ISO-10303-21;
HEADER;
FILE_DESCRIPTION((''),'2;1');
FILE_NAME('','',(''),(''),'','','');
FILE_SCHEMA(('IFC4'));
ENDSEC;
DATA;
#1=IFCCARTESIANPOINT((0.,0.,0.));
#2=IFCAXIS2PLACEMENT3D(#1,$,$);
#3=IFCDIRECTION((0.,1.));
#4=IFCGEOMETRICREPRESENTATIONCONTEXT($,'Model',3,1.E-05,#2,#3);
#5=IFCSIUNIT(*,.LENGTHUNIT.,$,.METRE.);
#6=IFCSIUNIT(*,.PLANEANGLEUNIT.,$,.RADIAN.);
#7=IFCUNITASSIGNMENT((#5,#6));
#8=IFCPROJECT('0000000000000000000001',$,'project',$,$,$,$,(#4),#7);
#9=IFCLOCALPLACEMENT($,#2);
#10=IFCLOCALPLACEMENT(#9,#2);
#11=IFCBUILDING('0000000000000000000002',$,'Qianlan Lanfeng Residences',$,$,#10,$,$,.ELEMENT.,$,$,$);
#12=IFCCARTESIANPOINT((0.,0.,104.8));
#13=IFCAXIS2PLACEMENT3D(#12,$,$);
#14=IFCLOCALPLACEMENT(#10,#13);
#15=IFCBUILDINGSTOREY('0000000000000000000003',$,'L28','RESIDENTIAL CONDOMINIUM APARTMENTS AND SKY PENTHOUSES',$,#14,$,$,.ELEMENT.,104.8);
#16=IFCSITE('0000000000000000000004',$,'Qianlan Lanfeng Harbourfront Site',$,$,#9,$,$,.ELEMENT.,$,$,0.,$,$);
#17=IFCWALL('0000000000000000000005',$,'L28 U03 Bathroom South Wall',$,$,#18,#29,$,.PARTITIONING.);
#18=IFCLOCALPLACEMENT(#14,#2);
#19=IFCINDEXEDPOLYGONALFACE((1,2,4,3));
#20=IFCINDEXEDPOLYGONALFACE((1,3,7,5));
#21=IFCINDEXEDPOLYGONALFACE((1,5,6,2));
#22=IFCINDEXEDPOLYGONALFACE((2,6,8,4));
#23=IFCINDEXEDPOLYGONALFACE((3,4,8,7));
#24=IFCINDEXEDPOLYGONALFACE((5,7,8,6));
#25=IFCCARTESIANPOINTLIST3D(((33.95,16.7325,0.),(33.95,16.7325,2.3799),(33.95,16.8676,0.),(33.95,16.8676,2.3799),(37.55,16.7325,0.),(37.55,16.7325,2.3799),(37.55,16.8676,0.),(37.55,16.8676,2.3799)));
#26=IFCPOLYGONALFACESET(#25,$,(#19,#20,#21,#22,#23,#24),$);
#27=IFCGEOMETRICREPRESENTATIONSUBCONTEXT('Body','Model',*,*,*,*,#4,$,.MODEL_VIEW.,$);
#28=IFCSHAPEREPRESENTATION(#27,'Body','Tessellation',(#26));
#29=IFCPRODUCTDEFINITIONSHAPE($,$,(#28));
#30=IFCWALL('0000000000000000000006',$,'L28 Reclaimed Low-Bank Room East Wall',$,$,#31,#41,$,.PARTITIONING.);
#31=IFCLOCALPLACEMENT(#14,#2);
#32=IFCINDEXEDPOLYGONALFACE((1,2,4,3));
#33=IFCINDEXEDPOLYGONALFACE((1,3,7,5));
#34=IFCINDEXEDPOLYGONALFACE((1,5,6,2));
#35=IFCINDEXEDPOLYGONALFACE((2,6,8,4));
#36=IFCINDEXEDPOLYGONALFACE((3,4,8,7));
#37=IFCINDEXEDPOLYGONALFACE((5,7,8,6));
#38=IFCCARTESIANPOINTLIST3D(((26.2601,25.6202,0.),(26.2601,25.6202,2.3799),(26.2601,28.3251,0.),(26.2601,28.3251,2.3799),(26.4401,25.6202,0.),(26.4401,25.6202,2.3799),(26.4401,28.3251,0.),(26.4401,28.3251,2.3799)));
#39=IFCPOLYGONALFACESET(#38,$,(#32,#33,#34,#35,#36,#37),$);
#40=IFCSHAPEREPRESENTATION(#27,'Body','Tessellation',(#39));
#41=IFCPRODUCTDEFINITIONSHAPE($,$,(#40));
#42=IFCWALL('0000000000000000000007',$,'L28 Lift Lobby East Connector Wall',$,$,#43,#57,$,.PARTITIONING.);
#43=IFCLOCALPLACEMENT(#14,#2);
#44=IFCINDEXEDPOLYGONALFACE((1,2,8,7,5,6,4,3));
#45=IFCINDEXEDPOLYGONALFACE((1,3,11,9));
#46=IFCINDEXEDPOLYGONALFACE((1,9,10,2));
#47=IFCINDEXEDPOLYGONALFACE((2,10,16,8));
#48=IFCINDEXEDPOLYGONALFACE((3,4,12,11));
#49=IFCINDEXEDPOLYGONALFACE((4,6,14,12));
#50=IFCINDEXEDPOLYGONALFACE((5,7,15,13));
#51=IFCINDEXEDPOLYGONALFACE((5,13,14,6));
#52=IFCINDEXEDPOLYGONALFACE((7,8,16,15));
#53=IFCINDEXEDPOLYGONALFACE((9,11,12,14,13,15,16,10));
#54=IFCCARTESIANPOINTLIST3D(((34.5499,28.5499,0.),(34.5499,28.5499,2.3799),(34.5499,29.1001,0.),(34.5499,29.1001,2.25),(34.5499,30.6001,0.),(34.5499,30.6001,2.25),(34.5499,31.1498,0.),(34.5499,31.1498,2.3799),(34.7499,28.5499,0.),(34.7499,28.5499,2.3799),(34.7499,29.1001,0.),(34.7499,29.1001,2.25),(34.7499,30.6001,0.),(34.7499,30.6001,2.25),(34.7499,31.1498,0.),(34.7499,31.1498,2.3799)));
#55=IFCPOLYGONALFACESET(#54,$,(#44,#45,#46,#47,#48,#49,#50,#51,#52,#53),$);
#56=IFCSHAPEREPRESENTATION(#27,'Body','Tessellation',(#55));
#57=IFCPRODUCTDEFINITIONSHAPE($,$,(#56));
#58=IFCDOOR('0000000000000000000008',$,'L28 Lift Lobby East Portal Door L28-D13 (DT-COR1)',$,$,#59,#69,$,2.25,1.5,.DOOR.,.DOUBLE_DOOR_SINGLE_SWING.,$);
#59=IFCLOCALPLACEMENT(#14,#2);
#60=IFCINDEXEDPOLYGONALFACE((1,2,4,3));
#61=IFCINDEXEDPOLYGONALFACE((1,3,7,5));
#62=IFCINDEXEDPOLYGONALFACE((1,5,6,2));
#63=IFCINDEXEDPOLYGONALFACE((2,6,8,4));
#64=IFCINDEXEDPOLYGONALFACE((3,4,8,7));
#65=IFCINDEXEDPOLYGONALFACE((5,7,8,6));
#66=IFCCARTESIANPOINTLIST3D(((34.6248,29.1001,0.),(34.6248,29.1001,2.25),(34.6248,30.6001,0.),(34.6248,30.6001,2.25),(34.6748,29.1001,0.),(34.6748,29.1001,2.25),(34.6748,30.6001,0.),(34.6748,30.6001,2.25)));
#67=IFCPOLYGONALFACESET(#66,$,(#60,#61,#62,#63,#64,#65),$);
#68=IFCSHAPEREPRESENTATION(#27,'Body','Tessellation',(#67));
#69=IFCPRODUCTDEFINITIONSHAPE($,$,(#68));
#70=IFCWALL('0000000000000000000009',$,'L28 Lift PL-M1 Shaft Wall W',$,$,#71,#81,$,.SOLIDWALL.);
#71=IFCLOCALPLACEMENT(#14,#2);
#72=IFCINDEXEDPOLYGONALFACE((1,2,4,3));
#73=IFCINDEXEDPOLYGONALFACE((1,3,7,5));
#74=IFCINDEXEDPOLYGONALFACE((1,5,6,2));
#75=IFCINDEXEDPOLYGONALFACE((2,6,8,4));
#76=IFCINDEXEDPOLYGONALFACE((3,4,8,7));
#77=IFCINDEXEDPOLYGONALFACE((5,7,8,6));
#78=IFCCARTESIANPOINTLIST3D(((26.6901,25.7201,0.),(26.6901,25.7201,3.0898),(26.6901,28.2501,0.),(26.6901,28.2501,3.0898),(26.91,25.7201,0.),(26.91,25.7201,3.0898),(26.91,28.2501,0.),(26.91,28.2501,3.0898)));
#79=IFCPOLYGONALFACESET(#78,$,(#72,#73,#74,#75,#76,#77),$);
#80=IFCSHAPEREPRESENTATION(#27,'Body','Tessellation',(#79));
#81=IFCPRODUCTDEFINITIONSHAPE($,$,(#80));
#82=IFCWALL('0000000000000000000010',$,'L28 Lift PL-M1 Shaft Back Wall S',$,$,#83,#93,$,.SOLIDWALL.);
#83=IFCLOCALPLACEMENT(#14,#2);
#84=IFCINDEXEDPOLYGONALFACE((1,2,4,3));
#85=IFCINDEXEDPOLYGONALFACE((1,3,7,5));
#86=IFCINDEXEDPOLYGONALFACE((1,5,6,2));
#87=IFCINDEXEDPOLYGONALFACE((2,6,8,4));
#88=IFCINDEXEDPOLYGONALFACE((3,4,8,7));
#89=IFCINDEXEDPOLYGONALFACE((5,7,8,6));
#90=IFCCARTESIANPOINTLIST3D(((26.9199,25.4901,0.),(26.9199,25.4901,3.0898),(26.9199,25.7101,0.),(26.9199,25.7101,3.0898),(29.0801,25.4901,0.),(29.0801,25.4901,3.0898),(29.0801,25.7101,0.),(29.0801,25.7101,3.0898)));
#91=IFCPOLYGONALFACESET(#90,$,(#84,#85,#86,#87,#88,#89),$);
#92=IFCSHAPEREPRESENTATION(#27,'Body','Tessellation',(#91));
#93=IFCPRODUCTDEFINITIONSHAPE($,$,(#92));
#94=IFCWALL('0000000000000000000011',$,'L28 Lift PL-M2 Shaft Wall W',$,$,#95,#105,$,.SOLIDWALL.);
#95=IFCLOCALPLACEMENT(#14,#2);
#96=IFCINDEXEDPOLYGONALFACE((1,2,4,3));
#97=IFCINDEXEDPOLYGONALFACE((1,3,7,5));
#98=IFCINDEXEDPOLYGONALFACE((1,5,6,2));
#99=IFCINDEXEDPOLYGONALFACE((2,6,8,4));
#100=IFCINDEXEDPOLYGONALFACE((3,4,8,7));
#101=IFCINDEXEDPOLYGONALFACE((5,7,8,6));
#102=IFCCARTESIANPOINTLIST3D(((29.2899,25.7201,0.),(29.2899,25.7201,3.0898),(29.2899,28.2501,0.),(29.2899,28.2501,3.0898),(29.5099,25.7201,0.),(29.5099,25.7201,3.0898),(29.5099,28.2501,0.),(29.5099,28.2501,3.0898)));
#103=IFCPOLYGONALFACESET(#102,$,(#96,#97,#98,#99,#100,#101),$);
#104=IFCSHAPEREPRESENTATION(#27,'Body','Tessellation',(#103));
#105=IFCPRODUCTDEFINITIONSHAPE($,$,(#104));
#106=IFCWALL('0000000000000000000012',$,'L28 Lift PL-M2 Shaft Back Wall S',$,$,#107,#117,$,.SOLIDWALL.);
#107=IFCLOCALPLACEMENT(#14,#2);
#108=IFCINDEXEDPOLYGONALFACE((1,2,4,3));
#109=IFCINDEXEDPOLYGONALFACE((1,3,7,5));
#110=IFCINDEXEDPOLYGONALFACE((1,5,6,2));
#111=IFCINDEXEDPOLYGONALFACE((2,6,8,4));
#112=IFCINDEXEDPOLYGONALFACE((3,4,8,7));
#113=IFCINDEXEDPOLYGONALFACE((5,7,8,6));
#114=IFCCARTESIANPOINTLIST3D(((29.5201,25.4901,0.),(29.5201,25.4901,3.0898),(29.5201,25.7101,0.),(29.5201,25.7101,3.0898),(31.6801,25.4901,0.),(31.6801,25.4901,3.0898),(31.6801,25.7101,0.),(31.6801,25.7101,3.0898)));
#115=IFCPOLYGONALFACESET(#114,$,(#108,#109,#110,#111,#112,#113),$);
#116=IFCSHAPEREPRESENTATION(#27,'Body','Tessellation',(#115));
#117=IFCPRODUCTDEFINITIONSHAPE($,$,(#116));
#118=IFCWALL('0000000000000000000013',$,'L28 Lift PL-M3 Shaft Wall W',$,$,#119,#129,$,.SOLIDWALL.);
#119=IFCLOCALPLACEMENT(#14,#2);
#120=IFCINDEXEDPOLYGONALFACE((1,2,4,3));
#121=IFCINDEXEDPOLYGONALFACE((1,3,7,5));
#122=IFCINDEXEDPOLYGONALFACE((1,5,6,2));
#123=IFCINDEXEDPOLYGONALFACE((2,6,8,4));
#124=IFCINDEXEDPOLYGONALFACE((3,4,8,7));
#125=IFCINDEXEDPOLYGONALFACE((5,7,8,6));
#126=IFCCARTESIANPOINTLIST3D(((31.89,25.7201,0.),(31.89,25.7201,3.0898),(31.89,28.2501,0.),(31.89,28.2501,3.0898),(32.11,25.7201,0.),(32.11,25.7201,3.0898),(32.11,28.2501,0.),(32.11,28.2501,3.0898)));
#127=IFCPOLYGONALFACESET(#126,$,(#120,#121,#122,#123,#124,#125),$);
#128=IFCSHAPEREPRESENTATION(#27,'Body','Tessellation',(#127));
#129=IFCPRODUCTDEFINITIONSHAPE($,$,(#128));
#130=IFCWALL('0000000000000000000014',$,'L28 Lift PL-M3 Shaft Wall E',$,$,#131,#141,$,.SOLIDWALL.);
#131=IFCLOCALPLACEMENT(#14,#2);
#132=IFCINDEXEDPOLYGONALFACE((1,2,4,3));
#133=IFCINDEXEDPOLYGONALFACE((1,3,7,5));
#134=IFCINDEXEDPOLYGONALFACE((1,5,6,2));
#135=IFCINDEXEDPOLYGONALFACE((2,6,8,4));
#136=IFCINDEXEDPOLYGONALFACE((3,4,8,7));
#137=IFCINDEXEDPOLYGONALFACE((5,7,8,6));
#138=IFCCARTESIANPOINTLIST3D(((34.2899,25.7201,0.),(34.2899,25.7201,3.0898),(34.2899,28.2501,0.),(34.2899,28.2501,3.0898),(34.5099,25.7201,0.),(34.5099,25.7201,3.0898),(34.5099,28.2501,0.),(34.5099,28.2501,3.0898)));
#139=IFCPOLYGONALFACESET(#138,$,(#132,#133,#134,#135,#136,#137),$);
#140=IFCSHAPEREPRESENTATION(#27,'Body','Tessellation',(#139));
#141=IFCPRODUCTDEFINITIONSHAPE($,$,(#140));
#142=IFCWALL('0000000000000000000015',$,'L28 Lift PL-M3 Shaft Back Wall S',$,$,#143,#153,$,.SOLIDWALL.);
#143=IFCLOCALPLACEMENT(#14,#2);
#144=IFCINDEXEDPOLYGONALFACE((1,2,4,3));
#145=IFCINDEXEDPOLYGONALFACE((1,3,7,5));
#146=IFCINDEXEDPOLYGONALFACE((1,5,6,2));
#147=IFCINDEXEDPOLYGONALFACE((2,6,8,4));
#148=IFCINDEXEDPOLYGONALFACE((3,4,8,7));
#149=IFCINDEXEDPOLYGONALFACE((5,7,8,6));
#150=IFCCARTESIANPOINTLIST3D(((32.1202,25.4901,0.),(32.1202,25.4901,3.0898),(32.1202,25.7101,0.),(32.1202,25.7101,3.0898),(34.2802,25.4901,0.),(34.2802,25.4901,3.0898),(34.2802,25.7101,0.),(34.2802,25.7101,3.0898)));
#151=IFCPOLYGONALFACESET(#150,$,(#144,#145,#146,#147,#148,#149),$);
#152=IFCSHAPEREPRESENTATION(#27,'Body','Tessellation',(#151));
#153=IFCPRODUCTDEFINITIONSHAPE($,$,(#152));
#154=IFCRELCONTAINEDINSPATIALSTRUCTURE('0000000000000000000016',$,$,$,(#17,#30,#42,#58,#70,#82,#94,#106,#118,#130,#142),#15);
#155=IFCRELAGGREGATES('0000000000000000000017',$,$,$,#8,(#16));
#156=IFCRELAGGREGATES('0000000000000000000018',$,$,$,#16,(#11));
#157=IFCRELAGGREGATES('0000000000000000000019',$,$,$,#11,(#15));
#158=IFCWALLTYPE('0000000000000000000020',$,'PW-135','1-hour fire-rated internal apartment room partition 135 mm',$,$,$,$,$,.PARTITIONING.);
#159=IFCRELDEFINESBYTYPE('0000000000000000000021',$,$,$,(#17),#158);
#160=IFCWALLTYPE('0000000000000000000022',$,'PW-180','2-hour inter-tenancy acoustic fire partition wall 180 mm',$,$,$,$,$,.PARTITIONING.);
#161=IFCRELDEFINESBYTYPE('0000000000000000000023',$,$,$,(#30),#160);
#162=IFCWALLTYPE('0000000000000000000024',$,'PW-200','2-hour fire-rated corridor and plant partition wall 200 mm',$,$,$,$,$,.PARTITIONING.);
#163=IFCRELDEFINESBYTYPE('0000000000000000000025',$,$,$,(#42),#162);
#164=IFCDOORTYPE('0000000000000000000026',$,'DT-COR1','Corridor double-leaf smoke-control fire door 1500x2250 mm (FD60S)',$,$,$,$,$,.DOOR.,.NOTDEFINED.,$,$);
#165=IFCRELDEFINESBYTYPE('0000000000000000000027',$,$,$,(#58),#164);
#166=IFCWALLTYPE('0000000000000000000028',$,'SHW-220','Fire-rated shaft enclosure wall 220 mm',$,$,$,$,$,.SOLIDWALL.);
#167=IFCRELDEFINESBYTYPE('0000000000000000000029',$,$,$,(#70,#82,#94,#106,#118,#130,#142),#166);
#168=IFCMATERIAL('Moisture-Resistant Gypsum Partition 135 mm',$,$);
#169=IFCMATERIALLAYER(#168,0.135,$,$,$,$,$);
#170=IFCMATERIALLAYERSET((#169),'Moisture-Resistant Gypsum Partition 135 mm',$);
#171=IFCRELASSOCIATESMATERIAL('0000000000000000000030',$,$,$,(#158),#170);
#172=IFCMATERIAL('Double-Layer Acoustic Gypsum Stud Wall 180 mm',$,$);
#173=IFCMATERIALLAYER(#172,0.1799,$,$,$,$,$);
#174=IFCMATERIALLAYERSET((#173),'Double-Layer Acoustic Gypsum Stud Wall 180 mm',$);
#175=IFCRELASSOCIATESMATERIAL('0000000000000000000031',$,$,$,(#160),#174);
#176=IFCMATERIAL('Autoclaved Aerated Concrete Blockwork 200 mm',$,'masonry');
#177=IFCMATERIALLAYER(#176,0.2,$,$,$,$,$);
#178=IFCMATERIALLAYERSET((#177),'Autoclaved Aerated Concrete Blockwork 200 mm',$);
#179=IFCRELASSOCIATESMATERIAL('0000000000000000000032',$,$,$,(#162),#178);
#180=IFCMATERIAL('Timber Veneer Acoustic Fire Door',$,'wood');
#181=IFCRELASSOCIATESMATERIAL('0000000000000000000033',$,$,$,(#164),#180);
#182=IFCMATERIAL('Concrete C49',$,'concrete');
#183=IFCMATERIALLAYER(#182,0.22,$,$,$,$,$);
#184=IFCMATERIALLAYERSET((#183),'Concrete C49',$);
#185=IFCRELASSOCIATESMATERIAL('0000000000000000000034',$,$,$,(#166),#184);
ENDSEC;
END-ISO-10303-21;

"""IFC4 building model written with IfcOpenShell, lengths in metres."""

from ifc_helpers import new_model, si_unit, direction, frame, frame_2d, origin, place, context, subcontext, project, spatial, rectangle, extrude, material, layer, layer_set, type_object, element, fill, save


model = new_model("IFC4")

# Units and contexts
model_context = context("Model", 3, precision=1e-05, world=origin(), true_north=direction((0.0, 1.0)))
body_context = subcontext(model_context, "Body", "Model", "MODEL_VIEW")
ifc_project = project(units=[si_unit("LENGTHUNIT", "METRE"), si_unit("PLANEANGLEUNIT", "RADIAN")], contexts=[model_context])

# Site, building, storey
site_placement = place(None, origin())
site = spatial("IfcSite", under=ifc_project, at=site_placement, Name="Qianlan Lanfeng Harbourfront Site", CompositionType="ELEMENT", RefElevation=0.0)
building_placement = place(site_placement, origin())
building = spatial("IfcBuilding", under=site, at=building_placement, Name="Qianlan Lanfeng Residences", CompositionType="ELEMENT")
storey_placement = place(building_placement, frame((0.0, 0.0, 104.8)))
storey = spatial("IfcBuildingStorey", under=building, at=storey_placement, Name="L28", Description="RESIDENTIAL CONDOMINIUM APARTMENTS AND SKY PENTHOUSES", CompositionType="ELEMENT", Elevation=104.8)

# Wall
ifc_material_1 = material(Name="Moisture-Resistant Gypsum Partition 135 mm")
ifc_layer_1 = layer(ifc_material_1, 0.135)
ifc_layer_set_1 = layer_set([ifc_layer_1], Name="Moisture-Resistant Gypsum Partition 135 mm")
wall_type_1 = type_object("IfcWallType", Name="PW-135", Description="1-hour fire-rated internal apartment room partition 135 mm", PredefinedType="PARTITIONING", material=ifc_layer_set_1)
wall_1_placement = place(storey_placement, frame((33.95, 16.8, 0.0), z_axis=(0.0, 0.0, 1.0), x_axis=(1.0, 0.0, 0.0)))
element("IfcWall", 1, at=wall_1_placement, inside=storey, type_object=wall_type_1, Name="L28 U03 Bathroom South Wall", PredefinedType="PARTITIONING", context=body_context, shape_type="SweptSolid", body=[
    extrude(rectangle(XDim=3.6001, YDim=0.135, at=frame_2d((1.8, 0.0))), origin(), (0.0, 0.0, 1.0), 2.3799),
])

# Shared definitions
ifc_material_2 = material(Name="Double-Layer Acoustic Gypsum Stud Wall 180 mm")
ifc_layer_2 = layer(ifc_material_2, 0.1799)
ifc_layer_set_2 = layer_set([ifc_layer_2], Name="Double-Layer Acoustic Gypsum Stud Wall 180 mm")
wall_type_2 = type_object("IfcWallType", Name="PW-180", Description="2-hour inter-tenancy acoustic fire partition wall 180 mm", PredefinedType="PARTITIONING", material=ifc_layer_set_2)

# Wall
wall_2_placement = place(storey_placement, frame((26.3501, 25.6201, 0.0), z_axis=(0.0, 0.0, 1.0), x_axis=(0.0, 1.0, 0.0)))
element("IfcWall", 2, at=wall_2_placement, inside=storey, type_object=wall_type_2, Name="L28 Reclaimed Low-Bank Room East Wall", PredefinedType="PARTITIONING", context=body_context, shape_type="SweptSolid", body=[
    extrude(rectangle(XDim=2.7048, YDim=0.1799, at=frame_2d((1.3525, 0.0))), origin(), (0.0, 0.0, 1.0), 2.3799),
])

# Wall, opening, door
ifc_material_3 = material(Name="Autoclaved Aerated Concrete Blockwork 200 mm", Category="masonry")
ifc_layer_3 = layer(ifc_material_3, 0.2)
ifc_layer_set_3 = layer_set([ifc_layer_3], Name="Autoclaved Aerated Concrete Blockwork 200 mm")
wall_type_3 = type_object("IfcWallType", Name="PW-200", Description="2-hour fire-rated corridor and plant partition wall 200 mm", PredefinedType="PARTITIONING", material=ifc_layer_set_3)
wall_3_placement = place(storey_placement, frame((34.6499, 28.55, 0.0), z_axis=(0.0, 0.0, 1.0), x_axis=(0.0, 1.0, 0.0)))
wall_3 = element("IfcWall", 3, at=wall_3_placement, inside=storey, type_object=wall_type_3, Name="L28 Lift Lobby East Connector Wall", PredefinedType="PARTITIONING", context=body_context, shape_type="SweptSolid", body=[
    extrude(rectangle(XDim=2.5999, YDim=0.2, at=frame_2d((1.2998, 0.0))), origin(), (0.0, 0.0, 1.0), 2.3799),
])
opening_1_placement = place(wall_3_placement, frame((0.55, 0.0, 0.0)))
opening_1 = element("IfcOpeningElement", 4, at=opening_1_placement, cuts=wall_3, PredefinedType="OPENING", context=body_context, shape_type="SweptSolid", body=[
    extrude(rectangle(XDim=1.5, YDim=2.25, at=frame_2d((0.75, 1.125))), frame((0.0, 0.1099, 0.0), z_axis=(0.0, -1.0, 0.0), x_axis=(1.0, 0.0, 0.0)), (0.0, 0.0, 1.0), 0.22),
])
ifc_material_4 = material(Name="Timber Veneer Acoustic Fire Door", Category="wood")
door_type_1 = type_object("IfcDoorType", Name="DT-COR1", Description="Corridor double-leaf smoke-control fire door 1500x2250 mm (FD60S)", OperationType="NOTDEFINED", PredefinedType="DOOR", material=ifc_material_4)
door_1_placement = place(opening_1_placement, frame((1.5, 0.0, 0.0), z_axis=(0.0, 0.0, 1.0), x_axis=(-1.0, 0.0, 0.0)))
door_1 = element("IfcDoor", 5, at=door_1_placement, inside=storey, type_object=door_type_1, Name="L28 Lift Lobby East Portal Door L28-D13 (DT-COR1)", OperationType="DOUBLE_DOOR_SINGLE_SWING", OverallHeight=2.25, OverallWidth=1.5, PredefinedType="DOOR", context=body_context, shape_type="SweptSolid", body=[
    extrude(rectangle(XDim=1.5, YDim=2.25, at=frame_2d((0.75, 1.125))), frame((0.0, 0.0249, 0.0), z_axis=(0.0, -1.0, 0.0), x_axis=(1.0, 0.0, 0.0)), (0.0, 0.0, 1.0), 0.05),
])
fill(opening_1, door_1)

# Walls
ifc_material_5 = material(Name="Concrete C49", Category="concrete")
ifc_layer_4 = layer(ifc_material_5, 0.22)
ifc_layer_set_4 = layer_set([ifc_layer_4], Name="Concrete C49")
wall_type_4 = type_object("IfcWallType", Name="SHW-220", Description="Fire-rated shaft enclosure wall 220 mm", PredefinedType="SOLIDWALL", material=ifc_layer_set_4)
wall_4_placement = place(storey_placement, frame((26.8, 25.72, 0.0), z_axis=(0.0, 0.0, 1.0), x_axis=(0.0, 1.0, 0.0)))
element("IfcWall", 6, at=wall_4_placement, inside=storey, type_object=wall_type_4, Name="L28 Lift PL-M1 Shaft Wall W", PredefinedType="SOLIDWALL", context=body_context, shape_type="SweptSolid", body=[
    extrude(rectangle(XDim=2.53, YDim=0.22, at=frame_2d((1.2651, 0.0))), origin(), (0.0, 0.0, 1.0), 3.0898),
])
wall_5_placement = place(storey_placement, frame((26.9199, 25.6001, 0.0), z_axis=(0.0, 0.0, 1.0), x_axis=(1.0, 0.0, 0.0)))
element("IfcWall", 7, at=wall_5_placement, inside=storey, type_object=wall_type_4, Name="L28 Lift PL-M1 Shaft Back Wall S", PredefinedType="SOLIDWALL", context=body_context, shape_type="SweptSolid", body=[
    extrude(rectangle(XDim=2.1602, YDim=0.22, at=frame_2d((1.0801, 0.0))), origin(), (0.0, 0.0, 1.0), 3.0898),
])
wall_6_placement = place(storey_placement, frame((29.3999, 25.72, 0.0), z_axis=(0.0, 0.0, 1.0), x_axis=(0.0, 1.0, 0.0)))
element("IfcWall", 8, at=wall_6_placement, inside=storey, type_object=wall_type_4, Name="L28 Lift PL-M2 Shaft Wall W", PredefinedType="SOLIDWALL", context=body_context, shape_type="SweptSolid", body=[
    extrude(rectangle(XDim=2.53, YDim=0.22, at=frame_2d((1.2651, 0.0))), origin(), (0.0, 0.0, 1.0), 3.0898),
])
wall_7_placement = place(storey_placement, frame((29.52, 25.6001, 0.0), z_axis=(0.0, 0.0, 1.0), x_axis=(1.0, 0.0, 0.0)))
element("IfcWall", 9, at=wall_7_placement, inside=storey, type_object=wall_type_4, Name="L28 Lift PL-M2 Shaft Back Wall S", PredefinedType="SOLIDWALL", context=body_context, shape_type="SweptSolid", body=[
    extrude(rectangle(XDim=2.1599, YDim=0.22, at=frame_2d((1.0801, 0.0))), origin(), (0.0, 0.0, 1.0), 3.0898),
])
for number, where, z_axis, x_axis, name in (
    (10, (32.0, 25.72, 0.0), (0.0, 0.0, 1.0), (0.0, 1.0, 0.0), "L28 Lift PL-M3 Shaft Wall W"),
    (11, (34.3999, 25.72, 0.0), (0.0, 0.0, 1.0), (0.0, 1.0, 0.0), "L28 Lift PL-M3 Shaft Wall E"),
):
    element("IfcWall", number, at=place(storey_placement, frame(where, z_axis=z_axis, x_axis=x_axis)), inside=storey, type_object=wall_type_4, Name=name, PredefinedType="SOLIDWALL", context=body_context, shape_type="SweptSolid", body=[
        extrude(rectangle(XDim=2.53, YDim=0.22, at=frame_2d((1.2651, 0.0))), origin(), (0.0, 0.0, 1.0), 3.0898),
    ])
wall_8_placement = place(storey_placement, frame((32.1201, 25.6001, 0.0), z_axis=(0.0, 0.0, 1.0), x_axis=(1.0, 0.0, 0.0)))
element("IfcWall", 12, at=wall_8_placement, inside=storey, type_object=wall_type_4, Name="L28 Lift PL-M3 Shaft Back Wall S", PredefinedType="SOLIDWALL", context=body_context, shape_type="SweptSolid", body=[
    extrude(rectangle(XDim=2.1599, YDim=0.22, at=frame_2d((1.0801, 0.0))), origin(), (0.0, 0.0, 1.0), 3.0898),
])

save(model, "model.ifc")
